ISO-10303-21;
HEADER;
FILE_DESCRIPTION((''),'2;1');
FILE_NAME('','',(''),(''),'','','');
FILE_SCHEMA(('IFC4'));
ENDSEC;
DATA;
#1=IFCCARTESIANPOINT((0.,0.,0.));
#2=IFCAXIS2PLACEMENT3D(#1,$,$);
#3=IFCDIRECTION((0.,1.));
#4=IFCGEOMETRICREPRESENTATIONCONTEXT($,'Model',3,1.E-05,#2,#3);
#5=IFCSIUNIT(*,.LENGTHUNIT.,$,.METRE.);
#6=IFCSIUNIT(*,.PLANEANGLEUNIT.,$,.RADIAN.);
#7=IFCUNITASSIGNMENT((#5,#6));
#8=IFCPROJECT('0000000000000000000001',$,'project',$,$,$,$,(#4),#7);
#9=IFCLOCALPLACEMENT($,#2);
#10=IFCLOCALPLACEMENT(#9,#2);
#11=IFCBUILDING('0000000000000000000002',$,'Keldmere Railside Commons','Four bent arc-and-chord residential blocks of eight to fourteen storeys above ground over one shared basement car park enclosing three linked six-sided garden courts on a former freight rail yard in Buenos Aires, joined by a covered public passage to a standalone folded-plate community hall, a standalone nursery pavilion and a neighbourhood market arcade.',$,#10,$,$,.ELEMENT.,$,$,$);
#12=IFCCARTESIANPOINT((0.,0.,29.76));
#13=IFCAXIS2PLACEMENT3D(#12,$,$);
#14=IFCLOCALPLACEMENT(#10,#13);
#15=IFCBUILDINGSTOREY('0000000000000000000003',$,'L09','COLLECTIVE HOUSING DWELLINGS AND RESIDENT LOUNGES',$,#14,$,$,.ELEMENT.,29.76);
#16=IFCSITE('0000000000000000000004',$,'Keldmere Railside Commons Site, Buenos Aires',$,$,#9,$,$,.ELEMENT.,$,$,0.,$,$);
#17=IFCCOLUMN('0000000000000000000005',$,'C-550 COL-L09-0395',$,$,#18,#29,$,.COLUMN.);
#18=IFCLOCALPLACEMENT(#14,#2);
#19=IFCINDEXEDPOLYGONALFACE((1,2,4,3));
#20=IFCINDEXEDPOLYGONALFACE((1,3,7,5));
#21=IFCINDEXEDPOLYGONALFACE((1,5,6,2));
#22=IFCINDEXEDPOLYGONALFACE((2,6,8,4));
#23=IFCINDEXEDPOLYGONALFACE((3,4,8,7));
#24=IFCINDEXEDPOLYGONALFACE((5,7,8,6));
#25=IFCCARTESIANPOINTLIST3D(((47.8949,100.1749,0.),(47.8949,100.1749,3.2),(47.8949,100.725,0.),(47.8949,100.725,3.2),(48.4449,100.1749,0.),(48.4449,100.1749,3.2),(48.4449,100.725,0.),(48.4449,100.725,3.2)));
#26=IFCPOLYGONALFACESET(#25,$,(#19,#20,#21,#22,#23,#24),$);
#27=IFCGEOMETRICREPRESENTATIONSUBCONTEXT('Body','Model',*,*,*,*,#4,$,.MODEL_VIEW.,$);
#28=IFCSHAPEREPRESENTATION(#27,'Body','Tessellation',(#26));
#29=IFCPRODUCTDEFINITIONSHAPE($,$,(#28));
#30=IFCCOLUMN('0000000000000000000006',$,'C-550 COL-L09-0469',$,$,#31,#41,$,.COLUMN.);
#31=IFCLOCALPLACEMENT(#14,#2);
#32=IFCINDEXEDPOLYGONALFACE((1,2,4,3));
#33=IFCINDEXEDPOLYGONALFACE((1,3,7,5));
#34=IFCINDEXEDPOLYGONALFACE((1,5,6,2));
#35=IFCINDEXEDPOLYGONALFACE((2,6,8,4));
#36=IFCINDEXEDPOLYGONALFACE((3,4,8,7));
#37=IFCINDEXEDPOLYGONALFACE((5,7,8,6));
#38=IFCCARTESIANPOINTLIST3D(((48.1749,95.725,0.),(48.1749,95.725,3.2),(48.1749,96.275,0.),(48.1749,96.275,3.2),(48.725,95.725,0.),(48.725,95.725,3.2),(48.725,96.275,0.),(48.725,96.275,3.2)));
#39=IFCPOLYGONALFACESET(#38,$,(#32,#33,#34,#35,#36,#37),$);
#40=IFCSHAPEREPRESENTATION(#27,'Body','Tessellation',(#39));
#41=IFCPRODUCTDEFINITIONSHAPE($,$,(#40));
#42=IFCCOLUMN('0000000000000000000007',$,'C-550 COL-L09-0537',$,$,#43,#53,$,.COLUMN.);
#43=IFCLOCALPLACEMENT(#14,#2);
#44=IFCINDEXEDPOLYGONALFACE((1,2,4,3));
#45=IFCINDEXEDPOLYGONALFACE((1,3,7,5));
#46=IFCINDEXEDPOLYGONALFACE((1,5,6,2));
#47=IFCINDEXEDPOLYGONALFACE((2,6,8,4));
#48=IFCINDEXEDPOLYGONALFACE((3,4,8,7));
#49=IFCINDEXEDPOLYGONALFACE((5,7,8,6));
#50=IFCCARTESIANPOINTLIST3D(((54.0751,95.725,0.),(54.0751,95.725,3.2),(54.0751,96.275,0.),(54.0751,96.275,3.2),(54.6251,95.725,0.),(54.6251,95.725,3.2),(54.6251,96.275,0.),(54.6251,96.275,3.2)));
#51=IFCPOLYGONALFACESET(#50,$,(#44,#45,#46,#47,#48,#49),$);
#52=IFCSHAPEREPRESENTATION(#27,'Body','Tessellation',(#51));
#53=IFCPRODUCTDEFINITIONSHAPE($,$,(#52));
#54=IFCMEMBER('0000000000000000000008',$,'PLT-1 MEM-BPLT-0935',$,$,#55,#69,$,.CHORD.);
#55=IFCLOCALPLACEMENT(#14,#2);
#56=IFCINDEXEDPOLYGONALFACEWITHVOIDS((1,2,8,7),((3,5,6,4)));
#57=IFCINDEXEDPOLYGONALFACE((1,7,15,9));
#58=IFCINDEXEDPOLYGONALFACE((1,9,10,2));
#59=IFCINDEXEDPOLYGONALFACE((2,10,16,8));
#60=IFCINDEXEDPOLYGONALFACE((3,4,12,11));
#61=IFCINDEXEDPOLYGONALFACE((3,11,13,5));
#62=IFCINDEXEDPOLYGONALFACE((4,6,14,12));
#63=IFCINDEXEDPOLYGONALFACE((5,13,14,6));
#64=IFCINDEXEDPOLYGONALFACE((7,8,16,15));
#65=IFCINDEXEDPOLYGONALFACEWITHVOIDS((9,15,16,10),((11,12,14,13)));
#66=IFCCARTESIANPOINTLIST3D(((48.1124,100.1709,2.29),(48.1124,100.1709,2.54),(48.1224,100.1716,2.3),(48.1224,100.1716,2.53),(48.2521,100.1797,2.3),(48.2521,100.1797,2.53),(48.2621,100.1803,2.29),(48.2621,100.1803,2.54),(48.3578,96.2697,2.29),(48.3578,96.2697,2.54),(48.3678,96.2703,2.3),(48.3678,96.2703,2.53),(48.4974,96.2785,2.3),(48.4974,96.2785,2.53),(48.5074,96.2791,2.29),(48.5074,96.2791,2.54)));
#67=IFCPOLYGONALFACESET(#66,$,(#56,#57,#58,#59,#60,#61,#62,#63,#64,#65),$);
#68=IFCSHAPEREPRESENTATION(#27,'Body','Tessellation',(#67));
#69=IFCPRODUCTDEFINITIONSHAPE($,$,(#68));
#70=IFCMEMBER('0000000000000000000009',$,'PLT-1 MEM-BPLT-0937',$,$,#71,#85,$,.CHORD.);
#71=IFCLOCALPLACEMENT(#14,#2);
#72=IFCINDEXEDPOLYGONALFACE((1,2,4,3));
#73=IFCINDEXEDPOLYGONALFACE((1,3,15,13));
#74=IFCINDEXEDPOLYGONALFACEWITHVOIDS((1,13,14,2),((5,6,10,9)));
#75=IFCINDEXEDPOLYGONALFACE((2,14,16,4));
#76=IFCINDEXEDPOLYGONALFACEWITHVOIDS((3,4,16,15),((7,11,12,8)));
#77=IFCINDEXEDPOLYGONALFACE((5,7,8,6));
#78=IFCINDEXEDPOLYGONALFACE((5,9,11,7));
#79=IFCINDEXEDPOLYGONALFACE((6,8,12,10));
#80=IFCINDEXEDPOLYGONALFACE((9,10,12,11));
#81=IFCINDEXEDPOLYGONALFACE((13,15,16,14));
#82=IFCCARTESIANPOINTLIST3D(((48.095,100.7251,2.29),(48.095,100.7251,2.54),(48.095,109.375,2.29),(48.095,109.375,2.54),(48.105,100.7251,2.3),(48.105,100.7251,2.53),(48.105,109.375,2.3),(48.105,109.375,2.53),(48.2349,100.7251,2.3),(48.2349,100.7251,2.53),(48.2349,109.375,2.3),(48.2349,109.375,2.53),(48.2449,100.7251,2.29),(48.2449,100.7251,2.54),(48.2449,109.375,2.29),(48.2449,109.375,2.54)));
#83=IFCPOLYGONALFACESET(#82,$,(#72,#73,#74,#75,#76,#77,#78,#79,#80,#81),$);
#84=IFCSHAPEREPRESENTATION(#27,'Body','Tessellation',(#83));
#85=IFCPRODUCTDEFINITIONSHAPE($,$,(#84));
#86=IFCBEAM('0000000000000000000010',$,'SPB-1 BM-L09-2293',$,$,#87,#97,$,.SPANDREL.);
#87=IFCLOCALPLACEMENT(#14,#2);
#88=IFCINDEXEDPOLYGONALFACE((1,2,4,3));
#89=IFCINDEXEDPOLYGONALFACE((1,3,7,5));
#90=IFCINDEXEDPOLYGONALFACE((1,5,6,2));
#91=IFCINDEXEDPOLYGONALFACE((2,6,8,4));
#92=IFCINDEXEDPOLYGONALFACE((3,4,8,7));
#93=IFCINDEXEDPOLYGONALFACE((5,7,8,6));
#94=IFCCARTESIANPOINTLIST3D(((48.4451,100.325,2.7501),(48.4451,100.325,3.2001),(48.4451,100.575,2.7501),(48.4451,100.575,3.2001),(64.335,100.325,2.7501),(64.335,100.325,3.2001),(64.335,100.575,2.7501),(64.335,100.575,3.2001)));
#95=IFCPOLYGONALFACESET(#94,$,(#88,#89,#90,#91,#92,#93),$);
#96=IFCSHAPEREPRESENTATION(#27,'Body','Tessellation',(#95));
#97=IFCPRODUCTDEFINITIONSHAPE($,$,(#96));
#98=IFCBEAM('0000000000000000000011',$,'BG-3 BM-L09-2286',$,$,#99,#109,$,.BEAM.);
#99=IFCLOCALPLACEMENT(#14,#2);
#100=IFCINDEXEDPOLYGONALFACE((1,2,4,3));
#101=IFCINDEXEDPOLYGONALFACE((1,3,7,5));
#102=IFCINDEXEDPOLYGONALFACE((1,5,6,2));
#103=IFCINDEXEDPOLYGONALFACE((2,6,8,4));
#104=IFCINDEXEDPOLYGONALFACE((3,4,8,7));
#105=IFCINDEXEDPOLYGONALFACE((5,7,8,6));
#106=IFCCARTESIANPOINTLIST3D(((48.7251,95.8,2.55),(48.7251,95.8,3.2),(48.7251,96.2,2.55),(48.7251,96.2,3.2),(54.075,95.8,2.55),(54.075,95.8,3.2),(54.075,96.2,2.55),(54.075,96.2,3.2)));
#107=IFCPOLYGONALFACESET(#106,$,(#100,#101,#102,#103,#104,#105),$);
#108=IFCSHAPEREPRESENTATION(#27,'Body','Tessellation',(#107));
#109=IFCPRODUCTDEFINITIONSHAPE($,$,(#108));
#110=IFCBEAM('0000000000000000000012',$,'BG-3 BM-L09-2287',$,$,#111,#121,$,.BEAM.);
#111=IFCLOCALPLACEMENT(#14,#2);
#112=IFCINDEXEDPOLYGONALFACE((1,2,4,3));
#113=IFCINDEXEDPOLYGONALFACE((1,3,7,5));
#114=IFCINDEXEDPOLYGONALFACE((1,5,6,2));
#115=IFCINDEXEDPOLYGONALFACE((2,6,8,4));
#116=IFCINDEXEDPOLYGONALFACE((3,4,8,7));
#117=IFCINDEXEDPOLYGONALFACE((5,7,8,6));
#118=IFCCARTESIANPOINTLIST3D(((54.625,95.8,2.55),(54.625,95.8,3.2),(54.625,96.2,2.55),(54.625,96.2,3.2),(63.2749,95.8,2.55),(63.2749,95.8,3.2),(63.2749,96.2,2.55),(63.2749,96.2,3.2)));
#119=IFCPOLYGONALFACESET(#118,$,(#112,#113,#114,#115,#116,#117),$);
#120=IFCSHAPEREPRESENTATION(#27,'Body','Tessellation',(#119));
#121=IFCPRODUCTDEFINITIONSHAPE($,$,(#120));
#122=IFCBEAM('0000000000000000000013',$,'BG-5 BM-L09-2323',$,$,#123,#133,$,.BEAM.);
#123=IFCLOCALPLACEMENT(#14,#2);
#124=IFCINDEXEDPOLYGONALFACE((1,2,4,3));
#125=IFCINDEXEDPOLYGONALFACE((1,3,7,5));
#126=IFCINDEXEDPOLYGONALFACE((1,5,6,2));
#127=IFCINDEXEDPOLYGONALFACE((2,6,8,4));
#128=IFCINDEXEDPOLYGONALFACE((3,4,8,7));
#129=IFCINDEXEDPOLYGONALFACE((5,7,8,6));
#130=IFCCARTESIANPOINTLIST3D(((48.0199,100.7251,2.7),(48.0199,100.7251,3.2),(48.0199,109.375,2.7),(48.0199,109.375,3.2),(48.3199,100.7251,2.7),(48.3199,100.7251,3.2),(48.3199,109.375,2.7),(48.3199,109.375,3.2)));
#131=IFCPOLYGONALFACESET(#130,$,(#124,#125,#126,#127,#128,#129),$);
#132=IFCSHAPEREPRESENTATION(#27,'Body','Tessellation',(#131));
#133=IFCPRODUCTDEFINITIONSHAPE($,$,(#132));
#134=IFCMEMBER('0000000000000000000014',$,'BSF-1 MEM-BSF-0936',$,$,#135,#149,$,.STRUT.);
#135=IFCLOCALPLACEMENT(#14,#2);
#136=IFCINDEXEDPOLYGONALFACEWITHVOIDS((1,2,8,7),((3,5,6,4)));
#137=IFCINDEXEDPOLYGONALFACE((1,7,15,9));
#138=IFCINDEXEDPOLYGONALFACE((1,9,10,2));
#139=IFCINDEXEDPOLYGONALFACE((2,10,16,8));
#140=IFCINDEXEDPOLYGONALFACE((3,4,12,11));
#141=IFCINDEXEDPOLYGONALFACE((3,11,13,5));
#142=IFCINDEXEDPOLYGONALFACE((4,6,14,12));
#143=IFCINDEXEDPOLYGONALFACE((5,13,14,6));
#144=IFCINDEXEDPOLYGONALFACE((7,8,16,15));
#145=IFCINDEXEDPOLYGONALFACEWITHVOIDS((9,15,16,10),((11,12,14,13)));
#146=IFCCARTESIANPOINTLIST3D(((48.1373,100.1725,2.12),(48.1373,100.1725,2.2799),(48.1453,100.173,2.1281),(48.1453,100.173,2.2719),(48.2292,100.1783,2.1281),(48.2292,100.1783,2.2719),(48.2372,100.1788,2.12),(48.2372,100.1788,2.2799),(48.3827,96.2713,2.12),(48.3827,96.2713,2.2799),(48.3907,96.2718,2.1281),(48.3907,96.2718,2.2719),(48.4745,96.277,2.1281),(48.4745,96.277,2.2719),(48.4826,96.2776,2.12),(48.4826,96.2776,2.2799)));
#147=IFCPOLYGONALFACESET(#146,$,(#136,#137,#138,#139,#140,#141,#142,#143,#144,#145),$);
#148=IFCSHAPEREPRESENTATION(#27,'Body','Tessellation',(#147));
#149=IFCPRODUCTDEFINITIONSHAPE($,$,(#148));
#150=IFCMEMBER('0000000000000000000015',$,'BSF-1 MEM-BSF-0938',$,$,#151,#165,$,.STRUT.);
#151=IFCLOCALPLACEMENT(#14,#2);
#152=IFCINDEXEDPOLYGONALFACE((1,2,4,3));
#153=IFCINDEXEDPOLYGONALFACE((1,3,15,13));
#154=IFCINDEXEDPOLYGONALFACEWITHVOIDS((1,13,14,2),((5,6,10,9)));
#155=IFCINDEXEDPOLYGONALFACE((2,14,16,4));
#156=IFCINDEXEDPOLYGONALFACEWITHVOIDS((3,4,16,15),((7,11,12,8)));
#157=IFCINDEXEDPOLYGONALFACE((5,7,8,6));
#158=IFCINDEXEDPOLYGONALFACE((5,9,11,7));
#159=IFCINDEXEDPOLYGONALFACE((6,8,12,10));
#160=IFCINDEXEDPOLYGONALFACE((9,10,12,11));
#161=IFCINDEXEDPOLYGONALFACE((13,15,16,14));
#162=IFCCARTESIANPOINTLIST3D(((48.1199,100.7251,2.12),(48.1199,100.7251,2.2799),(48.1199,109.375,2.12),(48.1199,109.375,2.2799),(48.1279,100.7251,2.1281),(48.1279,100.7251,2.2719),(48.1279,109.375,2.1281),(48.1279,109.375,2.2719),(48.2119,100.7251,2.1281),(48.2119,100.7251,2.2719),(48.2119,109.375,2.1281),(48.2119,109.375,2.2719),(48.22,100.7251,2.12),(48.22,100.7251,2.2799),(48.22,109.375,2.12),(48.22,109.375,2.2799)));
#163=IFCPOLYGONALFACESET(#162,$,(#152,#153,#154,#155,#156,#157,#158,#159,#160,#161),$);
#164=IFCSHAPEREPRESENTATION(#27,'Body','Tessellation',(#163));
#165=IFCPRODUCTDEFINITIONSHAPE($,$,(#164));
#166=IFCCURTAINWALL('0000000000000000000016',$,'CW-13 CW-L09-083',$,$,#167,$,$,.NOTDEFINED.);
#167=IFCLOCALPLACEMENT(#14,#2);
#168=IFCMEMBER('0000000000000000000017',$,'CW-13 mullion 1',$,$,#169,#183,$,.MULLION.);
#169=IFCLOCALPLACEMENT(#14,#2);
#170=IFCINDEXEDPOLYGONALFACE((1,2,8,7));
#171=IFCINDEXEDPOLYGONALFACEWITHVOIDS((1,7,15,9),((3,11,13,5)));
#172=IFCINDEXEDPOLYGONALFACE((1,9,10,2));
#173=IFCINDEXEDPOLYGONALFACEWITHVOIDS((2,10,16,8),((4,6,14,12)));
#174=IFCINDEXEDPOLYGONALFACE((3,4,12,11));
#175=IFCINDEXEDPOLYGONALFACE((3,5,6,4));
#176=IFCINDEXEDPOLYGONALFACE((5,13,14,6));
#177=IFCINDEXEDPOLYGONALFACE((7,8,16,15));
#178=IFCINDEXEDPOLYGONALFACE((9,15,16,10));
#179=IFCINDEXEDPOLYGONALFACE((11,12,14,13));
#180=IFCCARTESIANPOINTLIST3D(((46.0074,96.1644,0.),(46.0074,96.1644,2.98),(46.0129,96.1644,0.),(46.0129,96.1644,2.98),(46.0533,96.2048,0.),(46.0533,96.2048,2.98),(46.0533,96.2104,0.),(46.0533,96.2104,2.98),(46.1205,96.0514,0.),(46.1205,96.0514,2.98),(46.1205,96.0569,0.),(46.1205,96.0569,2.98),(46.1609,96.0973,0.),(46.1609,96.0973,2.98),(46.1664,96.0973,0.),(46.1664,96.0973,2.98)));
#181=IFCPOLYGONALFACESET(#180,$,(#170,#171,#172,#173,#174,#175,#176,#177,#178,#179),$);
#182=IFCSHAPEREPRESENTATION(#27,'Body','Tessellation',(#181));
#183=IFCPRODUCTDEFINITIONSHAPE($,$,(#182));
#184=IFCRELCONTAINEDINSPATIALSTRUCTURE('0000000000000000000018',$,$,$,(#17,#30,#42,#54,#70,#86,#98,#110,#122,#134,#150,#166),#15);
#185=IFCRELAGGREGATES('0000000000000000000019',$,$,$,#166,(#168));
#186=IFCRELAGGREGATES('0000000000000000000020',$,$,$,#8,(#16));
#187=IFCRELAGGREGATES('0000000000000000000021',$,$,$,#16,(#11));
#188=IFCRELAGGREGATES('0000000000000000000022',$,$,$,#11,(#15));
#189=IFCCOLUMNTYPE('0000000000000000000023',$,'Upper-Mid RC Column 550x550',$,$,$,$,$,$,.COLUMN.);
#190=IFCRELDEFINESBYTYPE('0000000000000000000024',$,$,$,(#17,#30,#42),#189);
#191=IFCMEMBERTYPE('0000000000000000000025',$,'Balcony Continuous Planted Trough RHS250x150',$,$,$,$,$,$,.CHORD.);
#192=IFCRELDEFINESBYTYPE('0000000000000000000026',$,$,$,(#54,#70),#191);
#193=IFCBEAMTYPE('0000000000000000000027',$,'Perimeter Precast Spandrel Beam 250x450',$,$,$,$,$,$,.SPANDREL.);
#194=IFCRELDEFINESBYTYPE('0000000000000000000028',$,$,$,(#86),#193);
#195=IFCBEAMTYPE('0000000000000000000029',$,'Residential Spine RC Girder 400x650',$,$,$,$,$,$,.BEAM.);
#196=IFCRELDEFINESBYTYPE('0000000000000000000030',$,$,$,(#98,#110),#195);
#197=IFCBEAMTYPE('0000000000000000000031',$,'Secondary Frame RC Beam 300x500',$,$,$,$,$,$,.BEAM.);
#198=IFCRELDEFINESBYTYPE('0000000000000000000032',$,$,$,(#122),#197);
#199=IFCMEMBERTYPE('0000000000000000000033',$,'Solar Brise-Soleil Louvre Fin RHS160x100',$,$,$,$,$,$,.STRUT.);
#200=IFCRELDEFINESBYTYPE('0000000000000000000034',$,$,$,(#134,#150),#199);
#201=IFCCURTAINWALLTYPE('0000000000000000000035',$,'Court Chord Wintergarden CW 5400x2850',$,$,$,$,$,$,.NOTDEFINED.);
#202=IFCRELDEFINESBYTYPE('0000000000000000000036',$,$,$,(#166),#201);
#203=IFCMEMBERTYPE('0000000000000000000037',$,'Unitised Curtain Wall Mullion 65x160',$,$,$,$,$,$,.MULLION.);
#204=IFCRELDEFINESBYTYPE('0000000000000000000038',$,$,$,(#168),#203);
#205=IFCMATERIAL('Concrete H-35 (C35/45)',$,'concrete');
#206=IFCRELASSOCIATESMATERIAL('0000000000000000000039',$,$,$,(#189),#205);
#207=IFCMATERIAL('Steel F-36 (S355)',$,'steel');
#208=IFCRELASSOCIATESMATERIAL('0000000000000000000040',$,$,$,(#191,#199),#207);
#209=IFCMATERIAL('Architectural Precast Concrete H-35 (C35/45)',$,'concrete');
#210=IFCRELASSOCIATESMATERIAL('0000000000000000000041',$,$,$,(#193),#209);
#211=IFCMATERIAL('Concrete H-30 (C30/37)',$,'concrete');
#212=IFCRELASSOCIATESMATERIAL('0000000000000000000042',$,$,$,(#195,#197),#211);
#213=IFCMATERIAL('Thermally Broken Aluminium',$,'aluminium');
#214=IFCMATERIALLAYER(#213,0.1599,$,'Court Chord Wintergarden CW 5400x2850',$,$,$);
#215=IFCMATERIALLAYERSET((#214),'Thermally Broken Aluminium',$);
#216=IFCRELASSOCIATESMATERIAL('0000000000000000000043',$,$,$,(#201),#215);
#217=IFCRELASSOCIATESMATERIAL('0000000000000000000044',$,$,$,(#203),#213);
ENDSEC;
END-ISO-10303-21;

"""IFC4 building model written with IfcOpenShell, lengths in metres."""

from ifc_helpers import new_model, si_unit, direction, frame, origin, origin_2d, place, context, subcontext, project, spatial, rectangle, hollow_rectangle, extrude, material, layer, layer_set, material_profile, profile_set, type_object, element, aggregate, save


model = new_model("IFC4")

# Units and contexts
model_context = context("Model", 3, precision=1e-05, world=origin(), true_north=direction((0.0, 1.0)))
body_context = subcontext(model_context, "Body", "Model", "MODEL_VIEW")
ifc_project = project(units=[si_unit("LENGTHUNIT", "METRE"), si_unit("PLANEANGLEUNIT", "RADIAN")], contexts=[model_context])

# Site, building, storey
site_placement = place(None, origin())
site = spatial("IfcSite", under=ifc_project, at=site_placement, Name="Keldmere Railside Commons Site, Buenos Aires", CompositionType="ELEMENT", RefElevation=0.0)
building_placement = place(site_placement, origin())
building = spatial("IfcBuilding", under=site, at=building_placement, Name="Keldmere Railside Commons", Description="Four bent arc-and-chord residential blocks of eight to fourteen storeys above ground over one shared basement car park enclosing three linked six-sided garden courts on a former freight rail yard in Buenos Aires, joined by a covered public passage to a standalone folded-plate community hall, a standalone nursery pavilion and a neighbourhood market arcade.", CompositionType="ELEMENT")
storey_placement = place(building_placement, frame((0.0, 0.0, 29.76)))
storey = spatial("IfcBuildingStorey", under=building, at=storey_placement, Name="L09", Description="COLLECTIVE HOUSING DWELLINGS AND RESIDENT LOUNGES", CompositionType="ELEMENT", Elevation=29.76)

# Columns
ifc_material_1 = material(Name="Concrete H-35 (C35/45)", Category="concrete")
ifc_material_profile_1 = material_profile(ifc_material_1, rectangle(XDim=0.55, YDim=0.55, at=origin_2d()), Name="RC-550x550")
ifc_profile_set_1 = profile_set([ifc_material_profile_1], Name="Concrete H-35 (C35/45)")
column_type = type_object("IfcColumnType", Name="Upper-Mid RC Column 550x550", PredefinedType="COLUMN", material=ifc_profile_set_1)
for number, where, z_axis, x_axis, name in (
    (1, (48.1699, 100.45, 0.0), (0.0, 0.0, 1.0), (1.0, 0.0, 0.0), "C-550 COL-L09-0395"),
    (2, (48.45, 96.0, 0.0), (0.0, 0.0, 1.0), (1.0, 0.0, 0.0), "C-550 COL-L09-0469"),
    (3, (54.3501, 96.0, 0.0), (0.0, 0.0, 1.0), (1.0, 0.0, 0.0), "C-550 COL-L09-0537"),
):
    element("IfcColumn", number, at=place(storey_placement, frame(where, z_axis=z_axis, x_axis=x_axis)), inside=storey, type_object=column_type, Name=name, PredefinedType="COLUMN", context=body_context, shape_type="SweptSolid", body=[
        extrude(rectangle(XDim=0.55, YDim=0.55, at=origin_2d()), origin(), (0.0, 0.0, 1.0), 3.2),
    ])

# Members
ifc_material_2 = material(Name="Steel F-36 (S355)", Category="steel")
ifc_material_profile_2 = material_profile(ifc_material_2, hollow_rectangle(XDim=0.1499, YDim=0.25, WallThickness=0.01, at=origin_2d()), Name="RHS-250x150x10")
ifc_profile_set_2 = profile_set([ifc_material_profile_2], Name="Steel F-36 (S355)")
member_type_1 = type_object("IfcMemberType", Name="Balcony Continuous Planted Trough RHS250x150", PredefinedType="CHORD", material=ifc_profile_set_2)
member_1_placement = place(storey_placement, frame((48.4326, 96.2744, 2.415), z_axis=(-0.062771, 0.998028, 0.0), x_axis=(-0.998028, -0.062771, 0.0)))
element("IfcMember", 4, at=member_1_placement, inside=storey, type_object=member_type_1, Name="PLT-1 MEM-BPLT-0935", PredefinedType="CHORD", context=body_context, shape_type="SweptSolid", body=[
    extrude(hollow_rectangle(XDim=0.1499, YDim=0.25, WallThickness=0.01, at=origin_2d()), origin(), (0.0, 0.0, 1.0), 3.9089),
])
member_2_placement = place(storey_placement, frame((48.1699, 100.7251, 2.415), z_axis=(0.0, 1.0, 0.0), x_axis=(-1.0, 0.0, 0.0)))
element("IfcMember", 5, at=member_2_placement, inside=storey, type_object=member_type_1, Name="PLT-1 MEM-BPLT-0937", PredefinedType="CHORD", context=body_context, shape_type="SweptSolid", body=[
    extrude(hollow_rectangle(XDim=0.1499, YDim=0.25, WallThickness=0.01, at=origin_2d()), origin(), (0.0, 0.0, 1.0), 8.6499),
])

# Beams
ifc_material_3 = material(Name="Architectural Precast Concrete H-35 (C35/45)", Category="concrete")
ifc_material_profile_3 = material_profile(ifc_material_3, rectangle(XDim=0.25, YDim=0.45, at=origin_2d()), Name="RC-250x450")
ifc_profile_set_3 = profile_set([ifc_material_profile_3], Name="Architectural Precast Concrete H-35 (C35/45)")
beam_type_1 = type_object("IfcBeamType", Name="Perimeter Precast Spandrel Beam 250x450", PredefinedType="SPANDREL", material=ifc_profile_set_3)
beam_1_placement = place(storey_placement, frame((48.4451, 100.45, 2.9751), z_axis=(1.0, 0.0, 0.0), x_axis=(0.0, 1.0, 0.0)))
element("IfcBeam", 6, at=beam_1_placement, inside=storey, type_object=beam_type_1, Name="SPB-1 BM-L09-2293", PredefinedType="SPANDREL", context=body_context, shape_type="SweptSolid", body=[
    extrude(rectangle(XDim=0.25, YDim=0.45, at=origin_2d()), origin(), (0.0, 0.0, 1.0), 15.8899),
])
ifc_material_4 = material(Name="Concrete H-30 (C30/37)", Category="concrete")
ifc_material_profile_4 = material_profile(ifc_material_4, rectangle(XDim=0.3999, YDim=0.6499, at=origin_2d()), Name="RC-400x650")
ifc_profile_set_4 = profile_set([ifc_material_profile_4], Name="Concrete H-30 (C30/37)")
beam_type_2 = type_object("IfcBeamType", Name="Residential Spine RC Girder 400x650", PredefinedType="BEAM", material=ifc_profile_set_4)
beam_2_placement = place(storey_placement, frame((48.7251, 96.0, 2.875), z_axis=(1.0, 0.0, 0.0), x_axis=(0.0, 1.0, 0.0)))
element("IfcBeam", 7, at=beam_2_placement, inside=storey, type_object=beam_type_2, Name="BG-3 BM-L09-2286", PredefinedType="BEAM", context=body_context, shape_type="SweptSolid", body=[
    extrude(rectangle(XDim=0.3999, YDim=0.6499, at=origin_2d()), origin(), (0.0, 0.0, 1.0), 5.3499),
])
beam_3_placement = place(storey_placement, frame((54.625, 96.0, 2.875), z_axis=(1.0, 0.0, 0.0), x_axis=(0.0, 1.0, 0.0)))
element("IfcBeam", 8, at=beam_3_placement, inside=storey, type_object=beam_type_2, Name="BG-3 BM-L09-2287", PredefinedType="BEAM", context=body_context, shape_type="SweptSolid", body=[
    extrude(rectangle(XDim=0.3999, YDim=0.6499, at=origin_2d()), origin(), (0.0, 0.0, 1.0), 8.6499),
])
ifc_material_profile_5 = material_profile(ifc_material_4, rectangle(XDim=0.3, YDim=0.5, at=origin_2d()), Name="RC-300x500")
ifc_profile_set_5 = profile_set([ifc_material_profile_5], Name="Concrete H-30 (C30/37)")
beam_type_3 = type_object("IfcBeamType", Name="Secondary Frame RC Beam 300x500", PredefinedType="BEAM", material=ifc_profile_set_5)
beam_4_placement = place(storey_placement, frame((48.1699, 100.7251, 2.95), z_axis=(0.0, 1.0, 0.0), x_axis=(-1.0, 0.0, 0.0)))
element("IfcBeam", 9, at=beam_4_placement, inside=storey, type_object=beam_type_3, Name="BG-5 BM-L09-2323", PredefinedType="BEAM", context=body_context, shape_type="SweptSolid", body=[
    extrude(rectangle(XDim=0.3, YDim=0.5, at=origin_2d()), origin(), (0.0, 0.0, 1.0), 8.6499),
])

# Members
ifc_material_profile_6 = material_profile(ifc_material_2, hollow_rectangle(XDim=0.1001, YDim=0.1599, WallThickness=0.0081, at=origin_2d()), Name="RHS-160x100x8")
ifc_profile_set_6 = profile_set([ifc_material_profile_6], Name="Steel F-36 (S355)")
member_type_2 = type_object("IfcMemberType", Name="Solar Brise-Soleil Louvre Fin RHS160x100", PredefinedType="STRUT", material=ifc_profile_set_6)
member_3_placement = place(storey_placement, frame((48.4326, 96.2744, 2.2), z_axis=(-0.062771, 0.998028, 0.0), x_axis=(-0.998028, -0.062771, 0.0)))
element("IfcMember", 10, at=member_3_placement, inside=storey, type_object=member_type_2, Name="BSF-1 MEM-BSF-0936", PredefinedType="STRUT", context=body_context, shape_type="SweptSolid", body=[
    extrude(hollow_rectangle(XDim=0.1001, YDim=0.1599, WallThickness=0.0081, at=origin_2d()), origin(), (0.0, 0.0, 1.0), 3.9089),
])
member_4_placement = place(storey_placement, frame((48.1699, 100.7251, 2.2), z_axis=(0.0, 1.0, 0.0), x_axis=(-1.0, 0.0, 0.0)))
element("IfcMember", 11, at=member_4_placement, inside=storey, type_object=member_type_2, Name="BSF-1 MEM-BSF-0938", PredefinedType="STRUT", context=body_context, shape_type="SweptSolid", body=[
    extrude(hollow_rectangle(XDim=0.1001, YDim=0.1599, WallThickness=0.0081, at=origin_2d()), origin(), (0.0, 0.0, 1.0), 8.6499),
])

# Curtain wall, member
ifc_material_5 = material(Name="Thermally Broken Aluminium", Category="aluminium")
ifc_layer_1 = layer(ifc_material_5, 0.1599, Name="Court Chord Wintergarden CW 5400x2850")
ifc_layer_set_1 = layer_set([ifc_layer_1], Name="Thermally Broken Aluminium")
curtain_wall_type_1 = type_object("IfcCurtainWallType", Name="Court Chord Wintergarden CW 5400x2850", PredefinedType="NOTDEFINED", material=ifc_layer_set_1)
curtain_wall_1_placement = place(storey_placement, origin())
curtain_wall_1 = element("IfcCurtainWall", 12, at=curtain_wall_1_placement, inside=storey, type_object=curtain_wall_type_1, Name="CW-13 CW-L09-083", PredefinedType="NOTDEFINED")
ifc_material_profile_7 = material_profile(ifc_material_5, hollow_rectangle(XDim=0.0649, YDim=0.1599, WallThickness=0.0039, at=origin_2d()), Name="ALU-MULL-65x160")
ifc_profile_set_7 = profile_set([ifc_material_profile_7], Name="Thermally Broken Aluminium")
member_type_3 = type_object("IfcMemberType", Name="Unitised Curtain Wall Mullion 65x160", PredefinedType="MULLION", material=ifc_profile_set_7)
member_5_placement = place(storey_placement, frame((46.0869, 96.1309, 0.0), z_axis=(0.0, 0.0, 1.0), x_axis=(-0.707107, -0.707107, 0.0)))
member_5 = element("IfcMember", 13, at=member_5_placement, type_object=member_type_3, Name="CW-13 mullion 1", PredefinedType="MULLION", context=body_context, shape_type="SweptSolid", body=[
    extrude(hollow_rectangle(XDim=0.0649, YDim=0.1599, WallThickness=0.0039, at=origin_2d()), origin(), (0.0, 0.0, 1.0), 2.98),
])

aggregate(curtain_wall_1, [member_5])

save(model, "model.ifc")
